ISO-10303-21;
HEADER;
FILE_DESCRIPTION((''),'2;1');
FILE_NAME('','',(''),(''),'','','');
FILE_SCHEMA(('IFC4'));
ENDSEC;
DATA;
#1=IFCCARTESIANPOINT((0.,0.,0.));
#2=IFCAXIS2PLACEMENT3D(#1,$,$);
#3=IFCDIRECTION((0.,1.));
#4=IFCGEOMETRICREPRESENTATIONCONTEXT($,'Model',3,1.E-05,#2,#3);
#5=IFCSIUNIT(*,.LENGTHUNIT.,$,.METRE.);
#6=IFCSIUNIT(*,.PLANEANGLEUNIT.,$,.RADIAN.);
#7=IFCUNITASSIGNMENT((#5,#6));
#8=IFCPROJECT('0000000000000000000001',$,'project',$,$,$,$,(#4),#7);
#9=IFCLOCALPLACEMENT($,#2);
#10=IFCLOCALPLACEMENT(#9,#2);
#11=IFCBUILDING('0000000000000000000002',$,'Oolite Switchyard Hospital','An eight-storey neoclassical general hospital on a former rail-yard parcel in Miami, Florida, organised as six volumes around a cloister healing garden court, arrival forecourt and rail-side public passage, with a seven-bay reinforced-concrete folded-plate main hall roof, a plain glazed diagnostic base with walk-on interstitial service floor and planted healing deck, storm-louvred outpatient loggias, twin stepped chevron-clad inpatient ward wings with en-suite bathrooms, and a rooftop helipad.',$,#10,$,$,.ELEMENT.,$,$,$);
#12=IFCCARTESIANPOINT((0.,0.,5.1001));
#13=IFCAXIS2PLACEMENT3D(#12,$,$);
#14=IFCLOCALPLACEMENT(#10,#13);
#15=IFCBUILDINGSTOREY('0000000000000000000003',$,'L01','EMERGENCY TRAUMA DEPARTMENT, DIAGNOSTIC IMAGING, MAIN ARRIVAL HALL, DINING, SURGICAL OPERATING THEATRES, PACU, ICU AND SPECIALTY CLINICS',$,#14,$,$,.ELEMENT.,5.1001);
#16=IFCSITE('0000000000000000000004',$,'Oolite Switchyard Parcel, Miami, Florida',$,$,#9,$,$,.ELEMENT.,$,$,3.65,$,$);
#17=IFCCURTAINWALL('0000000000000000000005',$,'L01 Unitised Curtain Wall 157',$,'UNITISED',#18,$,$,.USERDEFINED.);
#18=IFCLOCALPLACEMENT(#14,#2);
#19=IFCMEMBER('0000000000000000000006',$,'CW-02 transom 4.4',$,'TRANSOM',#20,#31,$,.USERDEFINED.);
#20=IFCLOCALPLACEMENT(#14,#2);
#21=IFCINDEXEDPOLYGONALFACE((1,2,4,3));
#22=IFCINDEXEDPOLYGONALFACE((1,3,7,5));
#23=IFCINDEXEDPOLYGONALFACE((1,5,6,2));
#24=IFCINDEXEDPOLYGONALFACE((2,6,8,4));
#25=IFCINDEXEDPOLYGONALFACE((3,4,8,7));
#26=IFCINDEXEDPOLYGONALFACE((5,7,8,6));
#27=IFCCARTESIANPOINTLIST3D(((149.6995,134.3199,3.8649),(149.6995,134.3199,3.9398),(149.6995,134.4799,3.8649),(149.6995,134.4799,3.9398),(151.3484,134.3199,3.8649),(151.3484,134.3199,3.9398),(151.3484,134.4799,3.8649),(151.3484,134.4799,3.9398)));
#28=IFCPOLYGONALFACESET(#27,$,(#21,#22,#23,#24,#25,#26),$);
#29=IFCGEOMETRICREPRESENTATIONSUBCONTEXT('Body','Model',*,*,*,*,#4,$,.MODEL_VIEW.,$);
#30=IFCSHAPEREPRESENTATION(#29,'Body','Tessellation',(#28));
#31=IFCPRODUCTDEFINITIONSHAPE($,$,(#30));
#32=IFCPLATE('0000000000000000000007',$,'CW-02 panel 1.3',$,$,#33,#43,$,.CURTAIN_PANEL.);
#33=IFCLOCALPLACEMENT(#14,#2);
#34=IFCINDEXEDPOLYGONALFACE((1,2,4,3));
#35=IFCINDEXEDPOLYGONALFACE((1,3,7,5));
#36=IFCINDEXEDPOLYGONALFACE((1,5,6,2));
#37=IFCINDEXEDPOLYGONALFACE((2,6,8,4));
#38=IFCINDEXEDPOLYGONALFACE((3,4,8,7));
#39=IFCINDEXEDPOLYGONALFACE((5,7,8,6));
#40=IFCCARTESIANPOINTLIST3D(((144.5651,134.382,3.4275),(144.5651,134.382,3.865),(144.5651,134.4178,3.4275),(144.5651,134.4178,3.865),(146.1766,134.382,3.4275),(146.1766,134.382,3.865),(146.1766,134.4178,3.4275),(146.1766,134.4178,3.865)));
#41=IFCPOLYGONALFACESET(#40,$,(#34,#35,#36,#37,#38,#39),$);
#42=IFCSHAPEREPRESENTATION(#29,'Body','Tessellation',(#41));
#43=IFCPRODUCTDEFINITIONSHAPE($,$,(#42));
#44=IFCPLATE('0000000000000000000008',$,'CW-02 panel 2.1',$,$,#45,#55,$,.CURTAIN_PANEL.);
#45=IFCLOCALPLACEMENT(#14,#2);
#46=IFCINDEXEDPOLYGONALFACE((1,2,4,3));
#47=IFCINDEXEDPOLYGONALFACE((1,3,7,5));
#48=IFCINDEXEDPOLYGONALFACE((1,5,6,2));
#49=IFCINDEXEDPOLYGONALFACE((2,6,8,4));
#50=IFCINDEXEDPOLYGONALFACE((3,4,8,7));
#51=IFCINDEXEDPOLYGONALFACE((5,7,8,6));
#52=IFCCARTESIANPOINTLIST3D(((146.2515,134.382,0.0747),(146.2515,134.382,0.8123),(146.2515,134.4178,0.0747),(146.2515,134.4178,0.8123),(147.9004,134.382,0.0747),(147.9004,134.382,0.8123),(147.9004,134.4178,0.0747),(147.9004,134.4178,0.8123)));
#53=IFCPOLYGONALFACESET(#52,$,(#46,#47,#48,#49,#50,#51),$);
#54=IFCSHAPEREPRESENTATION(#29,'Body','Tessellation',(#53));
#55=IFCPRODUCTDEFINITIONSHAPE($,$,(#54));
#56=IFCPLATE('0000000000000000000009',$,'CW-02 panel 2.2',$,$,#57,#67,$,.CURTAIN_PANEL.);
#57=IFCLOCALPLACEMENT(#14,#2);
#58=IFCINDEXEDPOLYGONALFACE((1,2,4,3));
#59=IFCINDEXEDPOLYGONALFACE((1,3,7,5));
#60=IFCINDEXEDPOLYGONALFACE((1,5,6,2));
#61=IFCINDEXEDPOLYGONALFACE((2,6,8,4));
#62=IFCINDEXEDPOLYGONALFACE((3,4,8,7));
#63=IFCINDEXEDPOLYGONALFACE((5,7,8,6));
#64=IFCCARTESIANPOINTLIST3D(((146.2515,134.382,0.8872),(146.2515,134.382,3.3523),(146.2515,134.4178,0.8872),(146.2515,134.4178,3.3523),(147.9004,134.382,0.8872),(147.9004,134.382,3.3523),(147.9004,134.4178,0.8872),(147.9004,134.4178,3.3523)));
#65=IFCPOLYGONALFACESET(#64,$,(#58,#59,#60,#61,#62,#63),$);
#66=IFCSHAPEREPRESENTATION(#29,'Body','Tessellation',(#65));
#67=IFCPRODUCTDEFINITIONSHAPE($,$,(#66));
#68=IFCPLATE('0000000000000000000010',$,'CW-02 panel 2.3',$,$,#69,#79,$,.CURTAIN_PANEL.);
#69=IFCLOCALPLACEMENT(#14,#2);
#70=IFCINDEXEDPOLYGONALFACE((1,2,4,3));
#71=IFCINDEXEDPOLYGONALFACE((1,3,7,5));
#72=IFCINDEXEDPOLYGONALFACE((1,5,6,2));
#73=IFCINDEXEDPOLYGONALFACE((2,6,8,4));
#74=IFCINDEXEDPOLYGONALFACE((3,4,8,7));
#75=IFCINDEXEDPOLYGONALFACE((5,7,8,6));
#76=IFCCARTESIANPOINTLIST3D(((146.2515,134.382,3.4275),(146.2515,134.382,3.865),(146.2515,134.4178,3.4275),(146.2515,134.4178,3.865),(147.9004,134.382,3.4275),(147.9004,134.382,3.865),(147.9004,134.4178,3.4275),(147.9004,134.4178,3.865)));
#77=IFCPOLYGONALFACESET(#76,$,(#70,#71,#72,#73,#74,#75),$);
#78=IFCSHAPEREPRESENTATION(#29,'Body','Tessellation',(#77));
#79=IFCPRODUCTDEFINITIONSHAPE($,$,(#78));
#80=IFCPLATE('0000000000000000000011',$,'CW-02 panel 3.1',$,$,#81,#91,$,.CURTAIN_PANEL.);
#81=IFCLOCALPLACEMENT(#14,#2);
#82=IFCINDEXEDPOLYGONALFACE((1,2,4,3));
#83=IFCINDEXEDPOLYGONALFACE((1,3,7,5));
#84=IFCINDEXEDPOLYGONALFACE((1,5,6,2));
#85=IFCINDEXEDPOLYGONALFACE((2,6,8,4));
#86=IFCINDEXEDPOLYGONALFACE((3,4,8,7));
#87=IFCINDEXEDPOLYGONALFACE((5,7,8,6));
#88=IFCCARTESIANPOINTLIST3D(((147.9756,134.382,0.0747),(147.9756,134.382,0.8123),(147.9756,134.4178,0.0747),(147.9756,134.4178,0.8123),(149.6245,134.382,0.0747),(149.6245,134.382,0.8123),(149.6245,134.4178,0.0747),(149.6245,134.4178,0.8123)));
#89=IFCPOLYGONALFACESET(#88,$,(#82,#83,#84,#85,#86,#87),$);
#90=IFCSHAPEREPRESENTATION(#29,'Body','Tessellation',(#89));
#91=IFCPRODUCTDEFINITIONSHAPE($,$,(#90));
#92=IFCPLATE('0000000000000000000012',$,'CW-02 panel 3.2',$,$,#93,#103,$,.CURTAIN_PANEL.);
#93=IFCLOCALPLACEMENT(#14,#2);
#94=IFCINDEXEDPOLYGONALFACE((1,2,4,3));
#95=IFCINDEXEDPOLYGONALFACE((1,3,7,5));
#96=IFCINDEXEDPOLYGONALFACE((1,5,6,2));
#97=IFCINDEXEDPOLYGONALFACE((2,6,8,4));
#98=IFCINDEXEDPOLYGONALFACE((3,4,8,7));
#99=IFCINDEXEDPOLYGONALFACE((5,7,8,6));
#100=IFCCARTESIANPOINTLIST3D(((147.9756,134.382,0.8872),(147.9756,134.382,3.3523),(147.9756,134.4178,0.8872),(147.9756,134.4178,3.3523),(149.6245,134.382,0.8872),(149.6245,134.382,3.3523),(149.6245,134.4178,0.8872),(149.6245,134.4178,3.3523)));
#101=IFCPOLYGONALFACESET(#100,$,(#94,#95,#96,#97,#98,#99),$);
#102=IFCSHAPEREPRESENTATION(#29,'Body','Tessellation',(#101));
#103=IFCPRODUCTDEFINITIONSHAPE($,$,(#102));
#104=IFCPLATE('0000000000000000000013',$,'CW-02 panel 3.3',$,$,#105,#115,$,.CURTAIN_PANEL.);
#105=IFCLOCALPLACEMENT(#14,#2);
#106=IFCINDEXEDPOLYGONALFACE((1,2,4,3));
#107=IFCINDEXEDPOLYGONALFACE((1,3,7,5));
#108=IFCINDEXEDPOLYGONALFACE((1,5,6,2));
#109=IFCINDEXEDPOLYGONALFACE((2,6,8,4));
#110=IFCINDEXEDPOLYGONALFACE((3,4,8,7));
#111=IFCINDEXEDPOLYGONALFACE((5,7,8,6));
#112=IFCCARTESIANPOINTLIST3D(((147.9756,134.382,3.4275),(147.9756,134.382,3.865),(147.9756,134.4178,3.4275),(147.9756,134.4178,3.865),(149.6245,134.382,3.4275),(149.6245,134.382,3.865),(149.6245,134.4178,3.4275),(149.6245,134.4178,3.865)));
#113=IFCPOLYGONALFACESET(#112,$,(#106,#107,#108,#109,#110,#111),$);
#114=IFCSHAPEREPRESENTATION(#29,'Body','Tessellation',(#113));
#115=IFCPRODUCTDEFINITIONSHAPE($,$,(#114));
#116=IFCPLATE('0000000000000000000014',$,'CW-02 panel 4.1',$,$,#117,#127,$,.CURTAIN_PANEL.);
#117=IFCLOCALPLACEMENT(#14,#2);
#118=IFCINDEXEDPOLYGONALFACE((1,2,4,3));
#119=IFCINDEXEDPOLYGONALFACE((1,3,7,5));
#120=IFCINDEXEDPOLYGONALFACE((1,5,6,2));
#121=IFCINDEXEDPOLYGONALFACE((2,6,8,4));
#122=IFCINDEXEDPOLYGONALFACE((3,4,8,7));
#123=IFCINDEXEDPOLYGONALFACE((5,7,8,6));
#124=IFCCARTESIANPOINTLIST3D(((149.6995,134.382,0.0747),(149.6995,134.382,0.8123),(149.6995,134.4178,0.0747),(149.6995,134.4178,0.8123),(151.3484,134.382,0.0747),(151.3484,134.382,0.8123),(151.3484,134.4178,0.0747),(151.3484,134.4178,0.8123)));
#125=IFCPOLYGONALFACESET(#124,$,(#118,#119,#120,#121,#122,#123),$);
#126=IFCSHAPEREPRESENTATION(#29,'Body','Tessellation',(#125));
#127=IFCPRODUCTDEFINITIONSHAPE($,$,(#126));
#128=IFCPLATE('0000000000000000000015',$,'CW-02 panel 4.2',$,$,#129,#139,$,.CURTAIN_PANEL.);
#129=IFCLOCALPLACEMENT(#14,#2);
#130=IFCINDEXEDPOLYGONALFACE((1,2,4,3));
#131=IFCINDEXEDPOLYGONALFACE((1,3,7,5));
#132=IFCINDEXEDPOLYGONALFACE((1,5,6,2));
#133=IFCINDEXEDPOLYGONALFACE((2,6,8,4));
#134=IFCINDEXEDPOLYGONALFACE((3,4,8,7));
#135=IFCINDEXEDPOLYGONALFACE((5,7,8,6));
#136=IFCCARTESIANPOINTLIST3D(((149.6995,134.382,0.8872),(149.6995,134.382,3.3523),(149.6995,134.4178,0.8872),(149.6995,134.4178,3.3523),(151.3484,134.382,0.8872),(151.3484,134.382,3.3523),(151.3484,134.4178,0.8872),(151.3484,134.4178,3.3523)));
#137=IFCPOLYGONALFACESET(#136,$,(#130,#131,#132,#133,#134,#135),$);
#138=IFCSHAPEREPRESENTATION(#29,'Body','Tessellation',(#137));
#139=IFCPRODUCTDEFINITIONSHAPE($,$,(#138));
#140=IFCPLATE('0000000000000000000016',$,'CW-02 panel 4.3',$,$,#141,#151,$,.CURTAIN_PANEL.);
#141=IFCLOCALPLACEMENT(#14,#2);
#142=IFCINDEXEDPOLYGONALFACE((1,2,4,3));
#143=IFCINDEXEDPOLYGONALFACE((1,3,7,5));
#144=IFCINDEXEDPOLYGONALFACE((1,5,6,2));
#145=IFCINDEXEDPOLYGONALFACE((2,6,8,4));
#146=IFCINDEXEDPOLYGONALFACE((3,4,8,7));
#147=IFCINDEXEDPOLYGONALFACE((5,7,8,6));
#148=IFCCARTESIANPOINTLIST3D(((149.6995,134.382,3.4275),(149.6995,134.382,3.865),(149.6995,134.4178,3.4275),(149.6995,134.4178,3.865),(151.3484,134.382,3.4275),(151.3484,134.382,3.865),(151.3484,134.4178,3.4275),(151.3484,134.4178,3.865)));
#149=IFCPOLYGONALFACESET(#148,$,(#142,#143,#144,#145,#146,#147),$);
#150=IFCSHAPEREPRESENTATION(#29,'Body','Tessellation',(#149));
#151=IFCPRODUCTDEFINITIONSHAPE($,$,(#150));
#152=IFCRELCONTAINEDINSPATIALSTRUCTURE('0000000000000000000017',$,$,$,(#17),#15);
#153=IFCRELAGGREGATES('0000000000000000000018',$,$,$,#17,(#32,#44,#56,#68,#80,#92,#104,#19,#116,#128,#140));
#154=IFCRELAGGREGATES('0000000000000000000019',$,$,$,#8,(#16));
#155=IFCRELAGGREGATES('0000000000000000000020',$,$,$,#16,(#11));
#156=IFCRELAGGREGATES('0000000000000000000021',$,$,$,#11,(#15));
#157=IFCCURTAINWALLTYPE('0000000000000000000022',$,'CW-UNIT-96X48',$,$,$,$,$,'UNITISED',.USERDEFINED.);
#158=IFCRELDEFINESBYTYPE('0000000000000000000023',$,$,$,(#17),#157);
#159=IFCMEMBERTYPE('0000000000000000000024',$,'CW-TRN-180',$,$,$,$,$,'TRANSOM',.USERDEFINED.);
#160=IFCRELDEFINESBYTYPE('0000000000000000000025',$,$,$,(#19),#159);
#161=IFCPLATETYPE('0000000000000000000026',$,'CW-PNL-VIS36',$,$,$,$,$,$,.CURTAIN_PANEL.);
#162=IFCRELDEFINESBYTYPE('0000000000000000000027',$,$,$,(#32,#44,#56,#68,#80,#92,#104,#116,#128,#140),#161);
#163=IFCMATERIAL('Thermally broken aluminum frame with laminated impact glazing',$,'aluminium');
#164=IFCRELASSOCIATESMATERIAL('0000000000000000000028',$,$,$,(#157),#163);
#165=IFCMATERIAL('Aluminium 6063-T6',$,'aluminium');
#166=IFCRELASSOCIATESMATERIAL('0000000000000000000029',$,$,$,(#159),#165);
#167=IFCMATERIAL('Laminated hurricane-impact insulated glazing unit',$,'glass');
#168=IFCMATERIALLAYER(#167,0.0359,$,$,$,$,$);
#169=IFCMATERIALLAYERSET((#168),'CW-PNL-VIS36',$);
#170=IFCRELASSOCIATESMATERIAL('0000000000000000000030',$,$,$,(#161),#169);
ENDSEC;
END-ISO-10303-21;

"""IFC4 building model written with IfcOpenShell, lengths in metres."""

from ifc_helpers import new_model, si_unit, direction, frame, origin, origin_2d, place, context, subcontext, project, spatial, rectangle, extrude, material, layer, layer_set, material_profile, profile_set, type_object, element, aggregate, save


model = new_model("IFC4")

# Units and contexts
model_context = context("Model", 3, precision=1e-05, world=origin(), true_north=direction((0.0, 1.0)))
body_context = subcontext(model_context, "Body", "Model", "MODEL_VIEW")
ifc_project = project(units=[si_unit("LENGTHUNIT", "METRE"), si_unit("PLANEANGLEUNIT", "RADIAN")], contexts=[model_context])

# Site, building, storey
site_placement = place(None, origin())
site = spatial("IfcSite", under=ifc_project, at=site_placement, Name="Oolite Switchyard Parcel, Miami, Florida", CompositionType="ELEMENT", RefElevation=3.65)
building_placement = place(site_placement, origin())
building = spatial("IfcBuilding", under=site, at=building_placement, Name="Oolite Switchyard Hospital", Description="An eight-storey neoclassical general hospital on a former rail-yard parcel in Miami, Florida, organised as six volumes around a cloister healing garden court, arrival forecourt and rail-side public passage, with a seven-bay reinforced-concrete folded-plate main hall roof, a plain glazed diagnostic base with walk-on interstitial service floor and planted healing deck, storm-louvred outpatient loggias, twin stepped chevron-clad inpatient ward wings with en-suite bathrooms, and a rooftop helipad.", CompositionType="ELEMENT")
storey_placement = place(building_placement, frame((0.0, 0.0, 5.1001)))
storey = spatial("IfcBuildingStorey", under=building, at=storey_placement, Name="L01", Description="EMERGENCY TRAUMA DEPARTMENT, DIAGNOSTIC IMAGING, MAIN ARRIVAL HALL, DINING, SURGICAL OPERATING THEATRES, PACU, ICU AND SPECIALTY CLINICS", CompositionType="ELEMENT", Elevation=5.1001)

# Curtain wall, member, plates
ifc_material_1 = material(Name="Thermally broken aluminum frame with laminated impact glazing", Category="aluminium")
curtain_wall_type = type_object("IfcCurtainWallType", Name="CW-UNIT-96X48", ElementType="UNITISED", PredefinedType="USERDEFINED", material=ifc_material_1)
curtain_wall_placement = place(storey_placement, origin())
curtain_wall = element("IfcCurtainWall", 1, at=curtain_wall_placement, inside=storey, type_object=curtain_wall_type, Name="L01 Unitised Curtain Wall 157", ObjectType="UNITISED", PredefinedType="USERDEFINED")
ifc_material_2 = material(Name="Aluminium 6063-T6", Category="aluminium")
ifc_material_profile_1 = material_profile(ifc_material_2, rectangle(XDim=0.1599, YDim=0.075, at=origin_2d()), Name="CWT75X160")
ifc_profile_set_1 = profile_set([ifc_material_profile_1], Name="Aluminium 6063-T6")
member_type_1 = type_object("IfcMemberType", Name="CW-TRN-180", ElementType="TRANSOM", PredefinedType="USERDEFINED", material=ifc_profile_set_1)
member_1_placement = place(storey_placement, frame((149.6995, 134.3999, 3.9023), z_axis=(1.0, 0.0, 0.0), x_axis=(0.0, 1.0, 0.0)))
member_1 = element("IfcMember", 2, at=member_1_placement, type_object=member_type_1, Name="CW-02 transom 4.4", ObjectType="TRANSOM", PredefinedType="USERDEFINED", context=body_context, shape_type="SweptSolid", body=[
    extrude(rectangle(XDim=0.1599, YDim=0.075, at=origin_2d()), origin(), (0.0, 0.0, 1.0), 1.6489),
])
ifc_material_3 = material(Name="Laminated hurricane-impact insulated glazing unit", Category="glass")
ifc_layer = layer(ifc_material_3, 0.0359)
ifc_layer_set = layer_set([ifc_layer], Name="CW-PNL-VIS36")
plate_type = type_object("IfcPlateType", Name="CW-PNL-VIS36", PredefinedType="CURTAIN_PANEL", material=ifc_layer_set)
plate_1_placement = place(storey_placement, frame((145.3708, 134.3999, 3.4275), z_axis=(0.0, 0.0, 1.0), x_axis=(1.0, 0.0, 0.0)))
plate_1 = element("IfcPlate", 3, at=plate_1_placement, type_object=plate_type, Name="CW-02 panel 1.3", PredefinedType="CURTAIN_PANEL", context=body_context, shape_type="SweptSolid", body=[
    extrude(rectangle(XDim=1.6116, YDim=0.0359, at=origin_2d()), origin(), (0.0, 0.0, 1.0), 0.4375),
])
plate_2_placement = place(storey_placement, frame((147.0759, 134.3999, 0.0747), z_axis=(0.0, 0.0, 1.0), x_axis=(1.0, 0.0, 0.0)))
plate_2 = element("IfcPlate", 4, at=plate_2_placement, type_object=plate_type, Name="CW-02 panel 2.1", PredefinedType="CURTAIN_PANEL", context=body_context, shape_type="SweptSolid", body=[
    extrude(rectangle(XDim=1.6489, YDim=0.0359, at=origin_2d()), origin(), (0.0, 0.0, 1.0), 0.7375),
])
plate_3_placement = place(storey_placement, frame((147.0759, 134.3999, 0.8872), z_axis=(0.0, 0.0, 1.0), x_axis=(1.0, 0.0, 0.0)))
plate_3 = element("IfcPlate", 5, at=plate_3_placement, type_object=plate_type, Name="CW-02 panel 2.2", PredefinedType="CURTAIN_PANEL", context=body_context, shape_type="SweptSolid", body=[
    extrude(rectangle(XDim=1.6489, YDim=0.0359, at=origin_2d()), origin(), (0.0, 0.0, 1.0), 2.4651),
])
plate_4_placement = place(storey_placement, frame((147.0759, 134.3999, 3.4275), z_axis=(0.0, 0.0, 1.0), x_axis=(1.0, 0.0, 0.0)))
plate_4 = element("IfcPlate", 6, at=plate_4_placement, type_object=plate_type, Name="CW-02 panel 2.3", PredefinedType="CURTAIN_PANEL", context=body_context, shape_type="SweptSolid", body=[
    extrude(rectangle(XDim=1.6489, YDim=0.0359, at=origin_2d()), origin(), (0.0, 0.0, 1.0), 0.4375),
])
plate_5_placement = place(storey_placement, frame((148.8, 134.3999, 0.0747), z_axis=(0.0, 0.0, 1.0), x_axis=(1.0, 0.0, 0.0)))
plate_5 = element("IfcPlate", 7, at=plate_5_placement, type_object=plate_type, Name="CW-02 panel 3.1", PredefinedType="CURTAIN_PANEL", context=body_context, shape_type="SweptSolid", body=[
    extrude(rectangle(XDim=1.6489, YDim=0.0359, at=origin_2d()), origin(), (0.0, 0.0, 1.0), 0.7375),
])
plate_6_placement = place(storey_placement, frame((148.8, 134.3999, 0.8872), z_axis=(0.0, 0.0, 1.0), x_axis=(1.0, 0.0, 0.0)))
plate_6 = element("IfcPlate", 8, at=plate_6_placement, type_object=plate_type, Name="CW-02 panel 3.2", PredefinedType="CURTAIN_PANEL", context=body_context, shape_type="SweptSolid", body=[
    extrude(rectangle(XDim=1.6489, YDim=0.0359, at=origin_2d()), origin(), (0.0, 0.0, 1.0), 2.4651),
])
plate_7_placement = place(storey_placement, frame((148.8, 134.3999, 3.4275), z_axis=(0.0, 0.0, 1.0), x_axis=(1.0, 0.0, 0.0)))
plate_7 = element("IfcPlate", 9, at=plate_7_placement, type_object=plate_type, Name="CW-02 panel 3.3", PredefinedType="CURTAIN_PANEL", context=body_context, shape_type="SweptSolid", body=[
    extrude(rectangle(XDim=1.6489, YDim=0.0359, at=origin_2d()), origin(), (0.0, 0.0, 1.0), 0.4375),
])
plate_8_placement = place(storey_placement, frame((150.5239, 134.3999, 0.0747), z_axis=(0.0, 0.0, 1.0), x_axis=(1.0, 0.0, 0.0)))
plate_8 = element("IfcPlate", 10, at=plate_8_placement, type_object=plate_type, Name="CW-02 panel 4.1", PredefinedType="CURTAIN_PANEL", context=body_context, shape_type="SweptSolid", body=[
    extrude(rectangle(XDim=1.6489, YDim=0.0359, at=origin_2d()), origin(), (0.0, 0.0, 1.0), 0.7375),
])
plate_9_placement = place(storey_placement, frame((150.5239, 134.3999, 0.8872), z_axis=(0.0, 0.0, 1.0), x_axis=(1.0, 0.0, 0.0)))
plate_9 = element("IfcPlate", 11, at=plate_9_placement, type_object=plate_type, Name="CW-02 panel 4.2", PredefinedType="CURTAIN_PANEL", context=body_context, shape_type="SweptSolid", body=[
    extrude(rectangle(XDim=1.6489, YDim=0.0359, at=origin_2d()), origin(), (0.0, 0.0, 1.0), 2.4651),
])
plate_10_placement = place(storey_placement, frame((150.5239, 134.3999, 3.4275), z_axis=(0.0, 0.0, 1.0), x_axis=(1.0, 0.0, 0.0)))
plate_10 = element("IfcPlate", 12, at=plate_10_placement, type_object=plate_type, Name="CW-02 panel 4.3", PredefinedType="CURTAIN_PANEL", context=body_context, shape_type="SweptSolid", body=[
    extrude(rectangle(XDim=1.6489, YDim=0.0359, at=origin_2d()), origin(), (0.0, 0.0, 1.0), 0.4375),
])
aggregate(curtain_wall, [plate_1, plate_2, plate_3, plate_4, plate_5, plate_6, plate_7, member_1, plate_8, plate_9, plate_10])

save(model, "model.ifc")
